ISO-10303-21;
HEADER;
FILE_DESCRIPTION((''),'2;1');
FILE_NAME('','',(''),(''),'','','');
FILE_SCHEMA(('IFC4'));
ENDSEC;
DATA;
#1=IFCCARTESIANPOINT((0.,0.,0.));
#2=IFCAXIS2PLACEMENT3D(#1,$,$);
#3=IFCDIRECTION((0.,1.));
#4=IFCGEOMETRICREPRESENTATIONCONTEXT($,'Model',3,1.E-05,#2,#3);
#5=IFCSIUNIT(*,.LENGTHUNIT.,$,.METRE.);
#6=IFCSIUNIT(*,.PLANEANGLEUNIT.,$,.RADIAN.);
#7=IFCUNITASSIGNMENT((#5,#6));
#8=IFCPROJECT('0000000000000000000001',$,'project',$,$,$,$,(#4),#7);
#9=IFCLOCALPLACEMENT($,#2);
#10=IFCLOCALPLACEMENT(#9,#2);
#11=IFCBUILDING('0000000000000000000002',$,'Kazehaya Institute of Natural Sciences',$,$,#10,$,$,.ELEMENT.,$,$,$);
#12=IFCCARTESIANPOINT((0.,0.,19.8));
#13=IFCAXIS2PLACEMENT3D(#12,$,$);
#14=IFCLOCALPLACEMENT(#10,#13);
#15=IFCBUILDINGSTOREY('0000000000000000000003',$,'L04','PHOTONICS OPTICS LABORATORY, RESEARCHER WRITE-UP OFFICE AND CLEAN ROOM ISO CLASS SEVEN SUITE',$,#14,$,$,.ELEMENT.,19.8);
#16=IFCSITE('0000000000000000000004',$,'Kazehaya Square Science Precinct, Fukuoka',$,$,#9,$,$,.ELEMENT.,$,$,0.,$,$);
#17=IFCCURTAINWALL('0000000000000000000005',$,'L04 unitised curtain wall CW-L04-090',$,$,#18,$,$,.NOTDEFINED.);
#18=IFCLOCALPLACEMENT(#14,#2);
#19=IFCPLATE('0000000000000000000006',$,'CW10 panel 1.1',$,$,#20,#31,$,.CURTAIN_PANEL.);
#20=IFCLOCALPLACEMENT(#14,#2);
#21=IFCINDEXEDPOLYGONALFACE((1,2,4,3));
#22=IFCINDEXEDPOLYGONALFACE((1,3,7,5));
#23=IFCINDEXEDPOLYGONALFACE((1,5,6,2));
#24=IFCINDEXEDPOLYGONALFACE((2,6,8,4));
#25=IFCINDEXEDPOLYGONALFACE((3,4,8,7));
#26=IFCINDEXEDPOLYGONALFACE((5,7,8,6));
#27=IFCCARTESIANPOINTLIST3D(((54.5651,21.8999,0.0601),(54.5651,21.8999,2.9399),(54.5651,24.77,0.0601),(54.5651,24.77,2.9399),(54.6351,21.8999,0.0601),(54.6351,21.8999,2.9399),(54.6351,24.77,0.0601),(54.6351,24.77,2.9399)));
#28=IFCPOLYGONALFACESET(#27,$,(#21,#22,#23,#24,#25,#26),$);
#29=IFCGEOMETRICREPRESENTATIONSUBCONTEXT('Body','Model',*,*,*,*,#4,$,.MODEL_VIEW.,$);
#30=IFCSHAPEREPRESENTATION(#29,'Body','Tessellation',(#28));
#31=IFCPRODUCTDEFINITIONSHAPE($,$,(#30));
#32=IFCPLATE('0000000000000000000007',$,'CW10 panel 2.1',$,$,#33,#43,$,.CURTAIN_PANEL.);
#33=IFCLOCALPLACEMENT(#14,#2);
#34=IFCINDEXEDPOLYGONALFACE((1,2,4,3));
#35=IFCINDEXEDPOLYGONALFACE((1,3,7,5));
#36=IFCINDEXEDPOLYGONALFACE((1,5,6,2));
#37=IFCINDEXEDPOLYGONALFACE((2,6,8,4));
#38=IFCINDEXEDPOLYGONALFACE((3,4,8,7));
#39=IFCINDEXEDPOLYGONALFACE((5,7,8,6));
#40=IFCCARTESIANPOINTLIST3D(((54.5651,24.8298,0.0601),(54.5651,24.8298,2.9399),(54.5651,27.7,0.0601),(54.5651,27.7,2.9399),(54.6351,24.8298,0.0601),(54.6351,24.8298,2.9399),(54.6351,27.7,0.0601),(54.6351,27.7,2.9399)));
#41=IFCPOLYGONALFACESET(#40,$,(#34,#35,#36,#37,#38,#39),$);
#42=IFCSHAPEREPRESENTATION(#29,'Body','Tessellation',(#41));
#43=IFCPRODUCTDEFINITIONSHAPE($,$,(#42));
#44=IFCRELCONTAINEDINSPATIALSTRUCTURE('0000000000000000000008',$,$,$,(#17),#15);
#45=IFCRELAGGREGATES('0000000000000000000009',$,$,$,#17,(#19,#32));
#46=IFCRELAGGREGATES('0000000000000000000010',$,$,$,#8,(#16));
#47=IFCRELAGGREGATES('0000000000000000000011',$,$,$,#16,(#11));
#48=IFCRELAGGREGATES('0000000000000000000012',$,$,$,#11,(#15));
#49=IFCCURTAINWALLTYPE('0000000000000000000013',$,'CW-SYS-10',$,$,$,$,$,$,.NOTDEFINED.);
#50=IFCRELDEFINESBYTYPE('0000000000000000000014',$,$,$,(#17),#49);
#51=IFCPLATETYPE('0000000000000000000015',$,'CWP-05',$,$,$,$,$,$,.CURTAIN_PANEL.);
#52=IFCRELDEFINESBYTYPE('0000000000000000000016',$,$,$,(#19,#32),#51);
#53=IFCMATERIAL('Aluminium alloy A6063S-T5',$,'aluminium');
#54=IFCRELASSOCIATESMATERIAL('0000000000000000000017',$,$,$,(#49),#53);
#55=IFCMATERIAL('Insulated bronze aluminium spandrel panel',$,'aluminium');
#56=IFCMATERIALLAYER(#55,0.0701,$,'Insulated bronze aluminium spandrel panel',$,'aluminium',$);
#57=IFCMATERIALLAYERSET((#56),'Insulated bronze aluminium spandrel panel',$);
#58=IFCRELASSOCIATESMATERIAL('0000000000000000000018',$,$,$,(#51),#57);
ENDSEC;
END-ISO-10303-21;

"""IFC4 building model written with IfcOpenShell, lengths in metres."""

from ifc_helpers import new_model, si_unit, direction, frame, origin, origin_2d, place, context, subcontext, project, spatial, rectangle, extrude, material, layer, layer_set, type_object, element, aggregate, save


model = new_model("IFC4")

# Units and contexts
model_context = context("Model", 3, precision=1e-05, world=origin(), true_north=direction((0.0, 1.0)))
body_context = subcontext(model_context, "Body", "Model", "MODEL_VIEW")
ifc_project = project(units=[si_unit("LENGTHUNIT", "METRE"), si_unit("PLANEANGLEUNIT", "RADIAN")], contexts=[model_context])

# Site, building, storey
site_placement = place(None, origin())
site = spatial("IfcSite", under=ifc_project, at=site_placement, Name="Kazehaya Square Science Precinct, Fukuoka", CompositionType="ELEMENT", RefElevation=0.0)
building_placement = place(site_placement, origin())
building = spatial("IfcBuilding", under=site, at=building_placement, Name="Kazehaya Institute of Natural Sciences", CompositionType="ELEMENT")
storey_placement = place(building_placement, frame((0.0, 0.0, 19.8)))
storey = spatial("IfcBuildingStorey", under=building, at=storey_placement, Name="L04", Description="PHOTONICS OPTICS LABORATORY, RESEARCHER WRITE-UP OFFICE AND CLEAN ROOM ISO CLASS SEVEN SUITE", CompositionType="ELEMENT", Elevation=19.8)

# Curtain wall
ifc_material_1 = material(Name="Aluminium alloy A6063S-T5", Category="aluminium")
curtain_wall_type = type_object("IfcCurtainWallType", Name="CW-SYS-10", PredefinedType="NOTDEFINED", material=ifc_material_1)
curtain_wall_1_placement = place(storey_placement, origin())
curtain_wall_1 = element("IfcCurtainWall", 1, at=curtain_wall_1_placement, inside=storey, type_object=curtain_wall_type, Name="L04 unitised curtain wall CW-L04-090", PredefinedType="NOTDEFINED")

# Plates
ifc_material_2 = material(Name="Insulated bronze aluminium spandrel panel", Category="aluminium")
ifc_layer = layer(ifc_material_2, 0.0701, Name="Insulated bronze aluminium spandrel panel", Category="aluminium")
ifc_layer_set = layer_set([ifc_layer], Name="Insulated bronze aluminium spandrel panel")
plate_type = type_object("IfcPlateType", Name="CWP-05", PredefinedType="CURTAIN_PANEL", material=ifc_layer_set)
plate_1_placement = place(storey_placement, frame((54.6001, 23.335, 0.0601), z_axis=(0.0, 0.0, 1.0), x_axis=(0.0, 1.0, 0.0)))
plate_1 = element("IfcPlate", 2, at=plate_1_placement, type_object=plate_type, Name="CW10 panel 1.1", PredefinedType="CURTAIN_PANEL", context=body_context, shape_type="SweptSolid", body=[
    extrude(rectangle(XDim=2.8701, YDim=0.0701, at=origin_2d()), origin(), (0.0, 0.0, 1.0), 2.8799),
])
plate_2_placement = place(storey_placement, frame((54.6001, 26.2649, 0.0601), z_axis=(0.0, 0.0, 1.0), x_axis=(0.0, 1.0, 0.0)))
plate_2 = element("IfcPlate", 3, at=plate_2_placement, type_object=plate_type, Name="CW10 panel 2.1", PredefinedType="CURTAIN_PANEL", context=body_context, shape_type="SweptSolid", body=[
    extrude(rectangle(XDim=2.8701, YDim=0.0701, at=origin_2d()), origin(), (0.0, 0.0, 1.0), 2.8799),
])
aggregate(curtain_wall_1, [plate_1, plate_2])

save(model, "model.ifc")
